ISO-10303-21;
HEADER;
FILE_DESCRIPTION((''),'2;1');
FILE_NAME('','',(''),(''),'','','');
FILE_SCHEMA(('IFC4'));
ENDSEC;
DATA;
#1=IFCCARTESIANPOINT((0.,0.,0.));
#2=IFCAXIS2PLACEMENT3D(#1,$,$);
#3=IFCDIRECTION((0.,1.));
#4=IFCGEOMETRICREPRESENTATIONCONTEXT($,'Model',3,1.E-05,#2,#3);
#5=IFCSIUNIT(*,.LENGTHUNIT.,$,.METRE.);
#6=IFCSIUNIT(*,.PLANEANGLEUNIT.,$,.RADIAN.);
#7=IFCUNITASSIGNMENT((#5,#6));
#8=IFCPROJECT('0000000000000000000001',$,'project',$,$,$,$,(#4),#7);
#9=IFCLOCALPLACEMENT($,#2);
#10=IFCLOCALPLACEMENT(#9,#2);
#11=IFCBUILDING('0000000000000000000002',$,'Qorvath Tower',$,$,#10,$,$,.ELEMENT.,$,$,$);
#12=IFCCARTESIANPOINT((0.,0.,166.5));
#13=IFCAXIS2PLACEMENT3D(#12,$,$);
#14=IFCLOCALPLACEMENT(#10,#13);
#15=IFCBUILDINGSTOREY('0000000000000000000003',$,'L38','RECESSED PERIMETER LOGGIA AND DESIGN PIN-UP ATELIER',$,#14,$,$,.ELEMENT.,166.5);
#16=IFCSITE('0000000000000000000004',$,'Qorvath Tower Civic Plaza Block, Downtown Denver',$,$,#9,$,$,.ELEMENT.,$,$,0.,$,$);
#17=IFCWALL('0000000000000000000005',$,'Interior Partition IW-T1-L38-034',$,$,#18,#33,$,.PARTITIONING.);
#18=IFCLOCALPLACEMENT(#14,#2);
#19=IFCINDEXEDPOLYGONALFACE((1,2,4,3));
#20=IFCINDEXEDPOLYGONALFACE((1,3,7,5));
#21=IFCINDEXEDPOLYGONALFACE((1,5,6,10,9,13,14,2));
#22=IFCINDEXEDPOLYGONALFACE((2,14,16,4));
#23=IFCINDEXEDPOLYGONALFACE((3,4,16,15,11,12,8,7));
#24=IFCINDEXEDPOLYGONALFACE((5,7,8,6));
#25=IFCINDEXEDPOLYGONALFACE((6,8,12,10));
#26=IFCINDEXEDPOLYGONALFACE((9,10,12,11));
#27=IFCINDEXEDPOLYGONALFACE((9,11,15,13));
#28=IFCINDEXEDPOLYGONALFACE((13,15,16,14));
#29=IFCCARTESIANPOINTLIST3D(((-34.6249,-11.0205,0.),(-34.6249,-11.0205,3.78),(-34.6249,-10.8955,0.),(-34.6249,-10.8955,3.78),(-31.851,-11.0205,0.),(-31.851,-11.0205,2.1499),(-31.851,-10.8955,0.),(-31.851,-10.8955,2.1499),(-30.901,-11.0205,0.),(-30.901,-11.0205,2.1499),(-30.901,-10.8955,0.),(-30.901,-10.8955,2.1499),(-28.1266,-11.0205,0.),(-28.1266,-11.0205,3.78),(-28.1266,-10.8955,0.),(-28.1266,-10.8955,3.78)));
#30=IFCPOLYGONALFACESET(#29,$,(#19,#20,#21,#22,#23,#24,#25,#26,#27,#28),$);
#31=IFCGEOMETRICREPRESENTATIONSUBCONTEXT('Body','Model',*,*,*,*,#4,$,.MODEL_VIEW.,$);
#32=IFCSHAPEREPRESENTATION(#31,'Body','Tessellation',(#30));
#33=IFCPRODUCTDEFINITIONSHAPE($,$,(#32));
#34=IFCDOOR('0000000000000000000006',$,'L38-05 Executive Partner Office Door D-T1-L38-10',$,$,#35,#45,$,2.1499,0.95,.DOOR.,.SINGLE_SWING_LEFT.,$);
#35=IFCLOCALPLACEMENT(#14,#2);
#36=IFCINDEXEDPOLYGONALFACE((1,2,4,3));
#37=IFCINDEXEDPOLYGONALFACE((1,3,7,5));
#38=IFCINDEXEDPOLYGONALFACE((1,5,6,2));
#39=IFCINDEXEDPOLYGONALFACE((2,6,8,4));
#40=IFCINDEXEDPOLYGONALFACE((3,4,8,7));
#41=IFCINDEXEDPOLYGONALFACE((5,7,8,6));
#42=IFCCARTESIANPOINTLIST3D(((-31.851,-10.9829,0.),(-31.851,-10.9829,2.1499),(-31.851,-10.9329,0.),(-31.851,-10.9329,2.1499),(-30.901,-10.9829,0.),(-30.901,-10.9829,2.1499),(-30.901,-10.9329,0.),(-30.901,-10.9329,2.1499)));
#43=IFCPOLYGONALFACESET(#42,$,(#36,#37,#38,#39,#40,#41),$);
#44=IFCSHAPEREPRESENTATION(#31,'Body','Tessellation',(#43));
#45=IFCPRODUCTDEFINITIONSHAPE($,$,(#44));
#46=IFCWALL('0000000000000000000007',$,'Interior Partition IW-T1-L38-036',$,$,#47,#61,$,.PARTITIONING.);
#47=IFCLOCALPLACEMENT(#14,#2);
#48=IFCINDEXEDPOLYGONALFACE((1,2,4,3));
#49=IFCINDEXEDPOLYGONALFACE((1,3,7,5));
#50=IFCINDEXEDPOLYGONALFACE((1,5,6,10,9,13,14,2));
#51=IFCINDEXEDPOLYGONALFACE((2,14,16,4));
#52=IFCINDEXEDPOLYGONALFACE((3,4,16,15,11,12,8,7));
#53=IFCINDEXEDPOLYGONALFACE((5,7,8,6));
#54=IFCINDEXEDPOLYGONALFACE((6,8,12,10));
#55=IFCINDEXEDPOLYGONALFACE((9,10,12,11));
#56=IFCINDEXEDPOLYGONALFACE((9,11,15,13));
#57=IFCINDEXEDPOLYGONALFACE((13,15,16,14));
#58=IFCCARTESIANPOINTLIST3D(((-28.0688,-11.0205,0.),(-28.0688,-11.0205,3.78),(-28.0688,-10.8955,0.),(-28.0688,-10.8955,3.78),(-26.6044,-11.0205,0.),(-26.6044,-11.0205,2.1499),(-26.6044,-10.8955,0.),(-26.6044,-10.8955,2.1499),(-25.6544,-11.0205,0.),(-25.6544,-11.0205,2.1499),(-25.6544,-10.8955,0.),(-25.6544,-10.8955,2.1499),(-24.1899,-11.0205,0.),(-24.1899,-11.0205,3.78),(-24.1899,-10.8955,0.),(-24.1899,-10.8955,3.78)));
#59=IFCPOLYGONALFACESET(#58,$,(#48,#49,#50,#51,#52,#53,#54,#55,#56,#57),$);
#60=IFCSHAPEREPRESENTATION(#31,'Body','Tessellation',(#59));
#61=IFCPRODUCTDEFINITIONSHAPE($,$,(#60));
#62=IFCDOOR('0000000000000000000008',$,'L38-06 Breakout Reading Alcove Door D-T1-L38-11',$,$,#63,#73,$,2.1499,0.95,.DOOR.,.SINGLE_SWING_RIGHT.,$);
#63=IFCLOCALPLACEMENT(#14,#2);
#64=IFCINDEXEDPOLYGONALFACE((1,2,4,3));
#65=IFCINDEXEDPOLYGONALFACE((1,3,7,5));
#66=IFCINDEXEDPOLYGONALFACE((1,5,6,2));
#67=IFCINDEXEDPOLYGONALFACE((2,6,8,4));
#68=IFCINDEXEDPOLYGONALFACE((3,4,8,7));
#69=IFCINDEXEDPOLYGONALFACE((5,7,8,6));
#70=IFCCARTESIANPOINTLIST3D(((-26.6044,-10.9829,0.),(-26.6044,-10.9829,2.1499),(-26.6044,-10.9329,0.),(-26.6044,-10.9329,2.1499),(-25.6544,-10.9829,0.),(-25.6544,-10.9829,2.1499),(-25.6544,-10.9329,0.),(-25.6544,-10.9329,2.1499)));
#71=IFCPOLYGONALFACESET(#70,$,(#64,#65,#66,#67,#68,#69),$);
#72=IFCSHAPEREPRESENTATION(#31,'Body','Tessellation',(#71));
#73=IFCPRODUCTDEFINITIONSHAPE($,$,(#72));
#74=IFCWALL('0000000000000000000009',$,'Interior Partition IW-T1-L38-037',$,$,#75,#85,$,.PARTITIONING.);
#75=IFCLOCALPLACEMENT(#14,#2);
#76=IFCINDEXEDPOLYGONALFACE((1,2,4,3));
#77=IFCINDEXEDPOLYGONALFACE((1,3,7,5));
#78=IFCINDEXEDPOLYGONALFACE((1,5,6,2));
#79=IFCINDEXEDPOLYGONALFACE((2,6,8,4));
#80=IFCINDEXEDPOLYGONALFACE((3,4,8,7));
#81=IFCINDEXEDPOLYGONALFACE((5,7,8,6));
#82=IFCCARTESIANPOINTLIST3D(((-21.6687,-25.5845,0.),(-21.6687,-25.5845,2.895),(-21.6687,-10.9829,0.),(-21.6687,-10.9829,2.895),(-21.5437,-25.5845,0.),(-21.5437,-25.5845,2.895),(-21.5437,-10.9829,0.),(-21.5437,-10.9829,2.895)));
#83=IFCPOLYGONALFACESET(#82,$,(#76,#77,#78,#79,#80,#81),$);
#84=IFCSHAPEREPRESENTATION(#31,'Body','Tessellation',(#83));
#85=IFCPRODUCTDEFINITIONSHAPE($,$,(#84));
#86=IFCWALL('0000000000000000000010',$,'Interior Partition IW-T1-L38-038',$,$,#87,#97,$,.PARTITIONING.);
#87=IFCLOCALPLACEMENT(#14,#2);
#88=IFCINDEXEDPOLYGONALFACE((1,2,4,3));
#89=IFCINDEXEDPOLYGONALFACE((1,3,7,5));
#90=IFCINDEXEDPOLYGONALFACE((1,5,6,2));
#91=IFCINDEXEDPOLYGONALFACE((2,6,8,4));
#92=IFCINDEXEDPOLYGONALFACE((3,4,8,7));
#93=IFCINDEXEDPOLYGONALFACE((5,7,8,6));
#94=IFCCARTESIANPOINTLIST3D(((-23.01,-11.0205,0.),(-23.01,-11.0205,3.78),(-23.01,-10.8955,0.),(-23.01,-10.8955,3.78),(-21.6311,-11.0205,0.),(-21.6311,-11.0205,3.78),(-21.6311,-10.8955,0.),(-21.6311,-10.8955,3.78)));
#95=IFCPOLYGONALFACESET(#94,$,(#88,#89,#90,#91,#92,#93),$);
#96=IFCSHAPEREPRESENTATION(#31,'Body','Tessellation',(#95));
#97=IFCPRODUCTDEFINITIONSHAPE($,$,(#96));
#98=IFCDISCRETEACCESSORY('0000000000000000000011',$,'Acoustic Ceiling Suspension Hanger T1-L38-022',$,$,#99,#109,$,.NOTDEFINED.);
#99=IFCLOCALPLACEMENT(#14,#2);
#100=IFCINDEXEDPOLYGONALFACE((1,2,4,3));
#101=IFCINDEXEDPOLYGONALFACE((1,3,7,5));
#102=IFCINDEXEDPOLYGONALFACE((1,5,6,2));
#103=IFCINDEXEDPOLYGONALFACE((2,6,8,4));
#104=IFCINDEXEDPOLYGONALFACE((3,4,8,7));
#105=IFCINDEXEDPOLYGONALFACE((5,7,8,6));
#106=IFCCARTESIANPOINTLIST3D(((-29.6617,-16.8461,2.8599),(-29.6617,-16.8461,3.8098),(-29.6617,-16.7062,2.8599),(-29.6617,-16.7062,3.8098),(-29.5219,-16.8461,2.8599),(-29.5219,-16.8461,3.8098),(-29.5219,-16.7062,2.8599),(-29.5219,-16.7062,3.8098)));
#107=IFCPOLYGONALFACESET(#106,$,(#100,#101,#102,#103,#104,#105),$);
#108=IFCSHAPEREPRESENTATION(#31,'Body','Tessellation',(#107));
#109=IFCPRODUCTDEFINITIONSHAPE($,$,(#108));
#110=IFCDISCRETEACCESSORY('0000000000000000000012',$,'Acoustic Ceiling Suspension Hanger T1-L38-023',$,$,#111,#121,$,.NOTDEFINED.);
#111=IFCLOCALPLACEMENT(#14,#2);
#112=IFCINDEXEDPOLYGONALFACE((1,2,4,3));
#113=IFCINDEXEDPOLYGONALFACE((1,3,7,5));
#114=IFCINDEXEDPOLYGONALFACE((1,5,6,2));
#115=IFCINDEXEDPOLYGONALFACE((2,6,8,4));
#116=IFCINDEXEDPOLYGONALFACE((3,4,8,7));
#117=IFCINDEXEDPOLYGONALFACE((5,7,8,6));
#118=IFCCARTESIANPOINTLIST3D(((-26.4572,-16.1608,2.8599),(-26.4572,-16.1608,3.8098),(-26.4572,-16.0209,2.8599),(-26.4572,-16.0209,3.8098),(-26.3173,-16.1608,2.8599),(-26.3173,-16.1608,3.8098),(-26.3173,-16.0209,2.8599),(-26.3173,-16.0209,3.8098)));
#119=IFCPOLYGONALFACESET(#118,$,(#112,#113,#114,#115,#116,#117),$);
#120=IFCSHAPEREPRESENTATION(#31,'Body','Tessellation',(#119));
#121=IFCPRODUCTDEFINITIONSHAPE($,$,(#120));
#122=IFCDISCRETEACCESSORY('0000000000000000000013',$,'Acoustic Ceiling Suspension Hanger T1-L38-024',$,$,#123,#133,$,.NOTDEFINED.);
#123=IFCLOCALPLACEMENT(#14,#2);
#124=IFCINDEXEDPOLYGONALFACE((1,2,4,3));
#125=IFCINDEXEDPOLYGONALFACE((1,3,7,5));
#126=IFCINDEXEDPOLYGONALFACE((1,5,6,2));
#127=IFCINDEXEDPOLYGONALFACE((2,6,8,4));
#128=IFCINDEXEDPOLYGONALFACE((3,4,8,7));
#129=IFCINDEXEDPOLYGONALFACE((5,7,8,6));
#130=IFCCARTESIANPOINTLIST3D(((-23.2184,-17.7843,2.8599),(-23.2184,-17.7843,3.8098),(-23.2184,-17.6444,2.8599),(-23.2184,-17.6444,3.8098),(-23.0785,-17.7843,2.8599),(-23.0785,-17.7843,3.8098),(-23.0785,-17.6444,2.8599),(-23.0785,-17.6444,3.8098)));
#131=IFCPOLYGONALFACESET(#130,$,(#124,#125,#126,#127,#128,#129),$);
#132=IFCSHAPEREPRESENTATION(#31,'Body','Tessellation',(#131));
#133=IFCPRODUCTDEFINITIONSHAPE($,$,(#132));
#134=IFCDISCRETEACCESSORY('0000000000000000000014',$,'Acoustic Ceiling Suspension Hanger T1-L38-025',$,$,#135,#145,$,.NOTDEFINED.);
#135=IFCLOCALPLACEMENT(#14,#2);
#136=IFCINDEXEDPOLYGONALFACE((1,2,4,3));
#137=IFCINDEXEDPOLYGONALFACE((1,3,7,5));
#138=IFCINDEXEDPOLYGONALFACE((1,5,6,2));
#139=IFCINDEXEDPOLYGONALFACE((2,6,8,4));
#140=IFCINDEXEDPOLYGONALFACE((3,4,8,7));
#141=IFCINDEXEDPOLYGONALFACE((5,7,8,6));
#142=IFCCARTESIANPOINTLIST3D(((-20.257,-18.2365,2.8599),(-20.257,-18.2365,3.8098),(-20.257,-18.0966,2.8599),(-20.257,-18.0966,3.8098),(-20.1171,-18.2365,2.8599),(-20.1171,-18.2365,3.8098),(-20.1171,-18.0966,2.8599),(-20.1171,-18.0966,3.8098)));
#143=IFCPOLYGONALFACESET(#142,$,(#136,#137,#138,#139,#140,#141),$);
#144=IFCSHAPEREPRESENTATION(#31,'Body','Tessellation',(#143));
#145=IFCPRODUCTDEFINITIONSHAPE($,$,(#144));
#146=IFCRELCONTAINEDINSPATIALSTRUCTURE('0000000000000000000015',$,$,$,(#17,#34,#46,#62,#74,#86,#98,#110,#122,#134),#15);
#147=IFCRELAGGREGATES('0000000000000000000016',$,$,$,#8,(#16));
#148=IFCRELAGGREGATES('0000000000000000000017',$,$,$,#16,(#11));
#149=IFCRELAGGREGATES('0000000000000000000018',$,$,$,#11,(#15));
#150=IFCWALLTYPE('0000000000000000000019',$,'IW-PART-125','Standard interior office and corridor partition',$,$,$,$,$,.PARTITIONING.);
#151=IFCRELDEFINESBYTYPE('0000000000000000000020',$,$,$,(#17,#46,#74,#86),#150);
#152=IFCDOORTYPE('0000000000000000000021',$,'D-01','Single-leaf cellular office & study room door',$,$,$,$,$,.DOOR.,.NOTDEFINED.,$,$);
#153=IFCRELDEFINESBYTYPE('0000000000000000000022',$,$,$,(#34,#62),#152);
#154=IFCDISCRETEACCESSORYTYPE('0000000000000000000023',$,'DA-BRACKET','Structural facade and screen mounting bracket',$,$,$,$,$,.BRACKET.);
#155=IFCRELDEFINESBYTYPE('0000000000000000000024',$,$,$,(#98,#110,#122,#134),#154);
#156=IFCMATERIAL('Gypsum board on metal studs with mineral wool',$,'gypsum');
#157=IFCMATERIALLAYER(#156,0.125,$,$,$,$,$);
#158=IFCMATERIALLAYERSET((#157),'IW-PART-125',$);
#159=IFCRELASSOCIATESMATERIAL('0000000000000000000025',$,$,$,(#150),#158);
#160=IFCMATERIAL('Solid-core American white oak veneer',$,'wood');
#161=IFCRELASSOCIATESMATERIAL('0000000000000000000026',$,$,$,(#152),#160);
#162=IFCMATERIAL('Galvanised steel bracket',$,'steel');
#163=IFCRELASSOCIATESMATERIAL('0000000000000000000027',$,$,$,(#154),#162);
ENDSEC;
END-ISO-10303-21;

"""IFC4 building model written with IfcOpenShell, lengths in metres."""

from ifc_helpers import new_model, si_unit, direction, frame, frame_2d, origin, origin_2d, place, context, subcontext, project, spatial, rectangle, extrude, material, layer, layer_set, type_object, element, fill, save


model = new_model("IFC4")

# Units and contexts
model_context = context("Model", 3, precision=1e-05, world=origin(), true_north=direction((0.0, 1.0)))
body_context = subcontext(model_context, "Body", "Model", "MODEL_VIEW")
ifc_project = project(units=[si_unit("LENGTHUNIT", "METRE"), si_unit("PLANEANGLEUNIT", "RADIAN")], contexts=[model_context])

# Site, building, storey
site_placement = place(None, origin())
site = spatial("IfcSite", under=ifc_project, at=site_placement, Name="Qorvath Tower Civic Plaza Block, Downtown Denver", CompositionType="ELEMENT", RefElevation=0.0)
building_placement = place(site_placement, origin())
building = spatial("IfcBuilding", under=site, at=building_placement, Name="Qorvath Tower", CompositionType="ELEMENT")
storey_placement = place(building_placement, frame((0.0, 0.0, 166.5)))
storey = spatial("IfcBuildingStorey", under=building, at=storey_placement, Name="L38", Description="RECESSED PERIMETER LOGGIA AND DESIGN PIN-UP ATELIER", CompositionType="ELEMENT", Elevation=166.5)

# Shared definitions
ifc_material_1 = material(Name="Gypsum board on metal studs with mineral wool", Category="gypsum")
ifc_layer_1 = layer(ifc_material_1, 0.125)
ifc_layer_set_1 = layer_set([ifc_layer_1], Name="IW-PART-125")
wall_type = type_object("IfcWallType", Name="IW-PART-125", Description="Standard interior office and corridor partition", PredefinedType="PARTITIONING", material=ifc_layer_set_1)

# Walls, openings, doors
wall_1_placement = place(storey_placement, frame((-28.1267, -10.958, 0.0), z_axis=(0.0, 0.0, 1.0), x_axis=(-1.0, 0.0, 0.0)))
wall_1 = element("IfcWall", 1, at=wall_1_placement, inside=storey, type_object=wall_type, Name="Interior Partition IW-T1-L38-034", PredefinedType="PARTITIONING", context=body_context, shape_type="SweptSolid", body=[
    extrude(rectangle(XDim=6.4983, YDim=0.125, at=frame_2d((3.249, 0.0))), origin(), (0.0, 0.0, 1.0), 3.78),
])
opening_1_placement = place(wall_1_placement, frame((2.7742, 0.0, 0.0)))
opening_1 = element("IfcOpeningElement", 2, at=opening_1_placement, cuts=wall_1, PredefinedType="OPENING", context=body_context, shape_type="SweptSolid", body=[
    extrude(rectangle(XDim=0.95, YDim=2.1499, at=frame_2d((0.4751, 1.075))), frame((0.0, 0.0725, 0.0), z_axis=(0.0, -1.0, 0.0), x_axis=(1.0, 0.0, 0.0)), (0.0, 0.0, 1.0), 0.145),
])
ifc_material_2 = material(Name="Solid-core American white oak veneer", Category="wood")
door_type = type_object("IfcDoorType", Name="D-01", Description="Single-leaf cellular office & study room door", OperationType="NOTDEFINED", PredefinedType="DOOR", material=ifc_material_2)
door_1_placement = place(opening_1_placement, origin())
door_1 = element("IfcDoor", 3, at=door_1_placement, inside=storey, type_object=door_type, Name="L38-05 Executive Partner Office Door D-T1-L38-10", OperationType="SINGLE_SWING_LEFT", OverallHeight=2.1499, OverallWidth=0.95, PredefinedType="DOOR", context=body_context, shape_type="SweptSolid", body=[
    extrude(rectangle(XDim=0.95, YDim=2.1499, at=frame_2d((0.4751, 1.075))), frame((0.0, 0.0249, 0.0), z_axis=(0.0, -1.0, 0.0), x_axis=(1.0, 0.0, 0.0)), (0.0, 0.0, 1.0), 0.05),
])
fill(opening_1, door_1)
wall_2_placement = place(storey_placement, frame((-24.1899, -10.958, 0.0), z_axis=(0.0, 0.0, 1.0), x_axis=(-1.0, 0.0, 0.0)))
wall_2 = element("IfcWall", 4, at=wall_2_placement, inside=storey, type_object=wall_type, Name="Interior Partition IW-T1-L38-036", PredefinedType="PARTITIONING", context=body_context, shape_type="SweptSolid", body=[
    extrude(rectangle(XDim=3.8789, YDim=0.125, at=frame_2d((1.9395, 0.0))), origin(), (0.0, 0.0, 1.0), 3.78),
])
opening_2_placement = place(wall_2_placement, frame((1.4644, 0.0, 0.0)))
opening_2 = element("IfcOpeningElement", 5, at=opening_2_placement, cuts=wall_2, PredefinedType="OPENING", context=body_context, shape_type="SweptSolid", body=[
    extrude(rectangle(XDim=0.95, YDim=2.1499, at=frame_2d((0.4751, 1.075))), frame((0.0, 0.0725, 0.0), z_axis=(0.0, -1.0, 0.0), x_axis=(1.0, 0.0, 0.0)), (0.0, 0.0, 1.0), 0.145),
])
door_2_placement = place(opening_2_placement, origin())
door_2 = element("IfcDoor", 6, at=door_2_placement, inside=storey, type_object=door_type, Name="L38-06 Breakout Reading Alcove Door D-T1-L38-11", OperationType="SINGLE_SWING_RIGHT", OverallHeight=2.1499, OverallWidth=0.95, PredefinedType="DOOR", context=body_context, shape_type="SweptSolid", body=[
    extrude(rectangle(XDim=0.95, YDim=2.1499, at=frame_2d((0.4751, 1.075))), frame((0.0, 0.0249, 0.0), z_axis=(0.0, -1.0, 0.0), x_axis=(1.0, 0.0, 0.0)), (0.0, 0.0, 1.0), 0.05),
])
fill(opening_2, door_2)

# Walls
wall_3_placement = place(storey_placement, frame((-21.6062, -25.5845, 0.0), z_axis=(0.0, 0.0, 1.0), x_axis=(0.0, 1.0, 0.0)))
element("IfcWall", 7, at=wall_3_placement, inside=storey, type_object=wall_type, Name="Interior Partition IW-T1-L38-037", PredefinedType="PARTITIONING", context=body_context, shape_type="SweptSolid", body=[
    extrude(rectangle(XDim=14.6016, YDim=0.125, at=frame_2d((7.3008, 0.0))), origin(), (0.0, 0.0, 1.0), 2.895),
])
wall_4_placement = place(storey_placement, frame((-21.6311, -10.958, 0.0), z_axis=(0.0, 0.0, 1.0), x_axis=(-1.0, 0.0, 0.0)))
element("IfcWall", 8, at=wall_4_placement, inside=storey, type_object=wall_type, Name="Interior Partition IW-T1-L38-038", PredefinedType="PARTITIONING", context=body_context, shape_type="SweptSolid", body=[
    extrude(rectangle(XDim=1.3789, YDim=0.125, at=frame_2d((0.6895, 0.0))), origin(), (0.0, 0.0, 1.0), 3.78),
])

# Discrete accessories
ifc_material_3 = material(Name="Galvanised steel bracket", Category="steel")
discrete_accessory_type = type_object("IfcDiscreteAccessoryType", Name="DA-BRACKET", Description="Structural facade and screen mounting bracket", PredefinedType="BRACKET", material=ifc_material_3)
for number, where, z_axis, x_axis, name in (
    (9, (-29.5918, -16.7761, 2.8599), (0.0, 0.0, 1.0), (1.0, 0.0, 0.0), "Acoustic Ceiling Suspension Hanger T1-L38-022"),
    (10, (-26.3872, -16.0908, 2.8599), (0.0, 0.0, 1.0), (1.0, 0.0, 0.0), "Acoustic Ceiling Suspension Hanger T1-L38-023"),
    (11, (-23.1484, -17.7144, 2.8599), (0.0, 0.0, 1.0), (1.0, 0.0, 0.0), "Acoustic Ceiling Suspension Hanger T1-L38-024"),
    (12, (-20.187, -18.1665, 2.8599), (0.0, 0.0, 1.0), (1.0, 0.0, 0.0), "Acoustic Ceiling Suspension Hanger T1-L38-025"),
):
    element("IfcDiscreteAccessory", number, at=place(storey_placement, frame(where, z_axis=z_axis, x_axis=x_axis)), inside=storey, type_object=discrete_accessory_type, Name=name, PredefinedType="NOTDEFINED", context=body_context, shape_type="SweptSolid", body=[
        extrude(rectangle(XDim=0.1399, YDim=0.1399, at=origin_2d()), origin(), (0.0, 0.0, 1.0), 0.95),
    ])

save(model, "model.ifc")
